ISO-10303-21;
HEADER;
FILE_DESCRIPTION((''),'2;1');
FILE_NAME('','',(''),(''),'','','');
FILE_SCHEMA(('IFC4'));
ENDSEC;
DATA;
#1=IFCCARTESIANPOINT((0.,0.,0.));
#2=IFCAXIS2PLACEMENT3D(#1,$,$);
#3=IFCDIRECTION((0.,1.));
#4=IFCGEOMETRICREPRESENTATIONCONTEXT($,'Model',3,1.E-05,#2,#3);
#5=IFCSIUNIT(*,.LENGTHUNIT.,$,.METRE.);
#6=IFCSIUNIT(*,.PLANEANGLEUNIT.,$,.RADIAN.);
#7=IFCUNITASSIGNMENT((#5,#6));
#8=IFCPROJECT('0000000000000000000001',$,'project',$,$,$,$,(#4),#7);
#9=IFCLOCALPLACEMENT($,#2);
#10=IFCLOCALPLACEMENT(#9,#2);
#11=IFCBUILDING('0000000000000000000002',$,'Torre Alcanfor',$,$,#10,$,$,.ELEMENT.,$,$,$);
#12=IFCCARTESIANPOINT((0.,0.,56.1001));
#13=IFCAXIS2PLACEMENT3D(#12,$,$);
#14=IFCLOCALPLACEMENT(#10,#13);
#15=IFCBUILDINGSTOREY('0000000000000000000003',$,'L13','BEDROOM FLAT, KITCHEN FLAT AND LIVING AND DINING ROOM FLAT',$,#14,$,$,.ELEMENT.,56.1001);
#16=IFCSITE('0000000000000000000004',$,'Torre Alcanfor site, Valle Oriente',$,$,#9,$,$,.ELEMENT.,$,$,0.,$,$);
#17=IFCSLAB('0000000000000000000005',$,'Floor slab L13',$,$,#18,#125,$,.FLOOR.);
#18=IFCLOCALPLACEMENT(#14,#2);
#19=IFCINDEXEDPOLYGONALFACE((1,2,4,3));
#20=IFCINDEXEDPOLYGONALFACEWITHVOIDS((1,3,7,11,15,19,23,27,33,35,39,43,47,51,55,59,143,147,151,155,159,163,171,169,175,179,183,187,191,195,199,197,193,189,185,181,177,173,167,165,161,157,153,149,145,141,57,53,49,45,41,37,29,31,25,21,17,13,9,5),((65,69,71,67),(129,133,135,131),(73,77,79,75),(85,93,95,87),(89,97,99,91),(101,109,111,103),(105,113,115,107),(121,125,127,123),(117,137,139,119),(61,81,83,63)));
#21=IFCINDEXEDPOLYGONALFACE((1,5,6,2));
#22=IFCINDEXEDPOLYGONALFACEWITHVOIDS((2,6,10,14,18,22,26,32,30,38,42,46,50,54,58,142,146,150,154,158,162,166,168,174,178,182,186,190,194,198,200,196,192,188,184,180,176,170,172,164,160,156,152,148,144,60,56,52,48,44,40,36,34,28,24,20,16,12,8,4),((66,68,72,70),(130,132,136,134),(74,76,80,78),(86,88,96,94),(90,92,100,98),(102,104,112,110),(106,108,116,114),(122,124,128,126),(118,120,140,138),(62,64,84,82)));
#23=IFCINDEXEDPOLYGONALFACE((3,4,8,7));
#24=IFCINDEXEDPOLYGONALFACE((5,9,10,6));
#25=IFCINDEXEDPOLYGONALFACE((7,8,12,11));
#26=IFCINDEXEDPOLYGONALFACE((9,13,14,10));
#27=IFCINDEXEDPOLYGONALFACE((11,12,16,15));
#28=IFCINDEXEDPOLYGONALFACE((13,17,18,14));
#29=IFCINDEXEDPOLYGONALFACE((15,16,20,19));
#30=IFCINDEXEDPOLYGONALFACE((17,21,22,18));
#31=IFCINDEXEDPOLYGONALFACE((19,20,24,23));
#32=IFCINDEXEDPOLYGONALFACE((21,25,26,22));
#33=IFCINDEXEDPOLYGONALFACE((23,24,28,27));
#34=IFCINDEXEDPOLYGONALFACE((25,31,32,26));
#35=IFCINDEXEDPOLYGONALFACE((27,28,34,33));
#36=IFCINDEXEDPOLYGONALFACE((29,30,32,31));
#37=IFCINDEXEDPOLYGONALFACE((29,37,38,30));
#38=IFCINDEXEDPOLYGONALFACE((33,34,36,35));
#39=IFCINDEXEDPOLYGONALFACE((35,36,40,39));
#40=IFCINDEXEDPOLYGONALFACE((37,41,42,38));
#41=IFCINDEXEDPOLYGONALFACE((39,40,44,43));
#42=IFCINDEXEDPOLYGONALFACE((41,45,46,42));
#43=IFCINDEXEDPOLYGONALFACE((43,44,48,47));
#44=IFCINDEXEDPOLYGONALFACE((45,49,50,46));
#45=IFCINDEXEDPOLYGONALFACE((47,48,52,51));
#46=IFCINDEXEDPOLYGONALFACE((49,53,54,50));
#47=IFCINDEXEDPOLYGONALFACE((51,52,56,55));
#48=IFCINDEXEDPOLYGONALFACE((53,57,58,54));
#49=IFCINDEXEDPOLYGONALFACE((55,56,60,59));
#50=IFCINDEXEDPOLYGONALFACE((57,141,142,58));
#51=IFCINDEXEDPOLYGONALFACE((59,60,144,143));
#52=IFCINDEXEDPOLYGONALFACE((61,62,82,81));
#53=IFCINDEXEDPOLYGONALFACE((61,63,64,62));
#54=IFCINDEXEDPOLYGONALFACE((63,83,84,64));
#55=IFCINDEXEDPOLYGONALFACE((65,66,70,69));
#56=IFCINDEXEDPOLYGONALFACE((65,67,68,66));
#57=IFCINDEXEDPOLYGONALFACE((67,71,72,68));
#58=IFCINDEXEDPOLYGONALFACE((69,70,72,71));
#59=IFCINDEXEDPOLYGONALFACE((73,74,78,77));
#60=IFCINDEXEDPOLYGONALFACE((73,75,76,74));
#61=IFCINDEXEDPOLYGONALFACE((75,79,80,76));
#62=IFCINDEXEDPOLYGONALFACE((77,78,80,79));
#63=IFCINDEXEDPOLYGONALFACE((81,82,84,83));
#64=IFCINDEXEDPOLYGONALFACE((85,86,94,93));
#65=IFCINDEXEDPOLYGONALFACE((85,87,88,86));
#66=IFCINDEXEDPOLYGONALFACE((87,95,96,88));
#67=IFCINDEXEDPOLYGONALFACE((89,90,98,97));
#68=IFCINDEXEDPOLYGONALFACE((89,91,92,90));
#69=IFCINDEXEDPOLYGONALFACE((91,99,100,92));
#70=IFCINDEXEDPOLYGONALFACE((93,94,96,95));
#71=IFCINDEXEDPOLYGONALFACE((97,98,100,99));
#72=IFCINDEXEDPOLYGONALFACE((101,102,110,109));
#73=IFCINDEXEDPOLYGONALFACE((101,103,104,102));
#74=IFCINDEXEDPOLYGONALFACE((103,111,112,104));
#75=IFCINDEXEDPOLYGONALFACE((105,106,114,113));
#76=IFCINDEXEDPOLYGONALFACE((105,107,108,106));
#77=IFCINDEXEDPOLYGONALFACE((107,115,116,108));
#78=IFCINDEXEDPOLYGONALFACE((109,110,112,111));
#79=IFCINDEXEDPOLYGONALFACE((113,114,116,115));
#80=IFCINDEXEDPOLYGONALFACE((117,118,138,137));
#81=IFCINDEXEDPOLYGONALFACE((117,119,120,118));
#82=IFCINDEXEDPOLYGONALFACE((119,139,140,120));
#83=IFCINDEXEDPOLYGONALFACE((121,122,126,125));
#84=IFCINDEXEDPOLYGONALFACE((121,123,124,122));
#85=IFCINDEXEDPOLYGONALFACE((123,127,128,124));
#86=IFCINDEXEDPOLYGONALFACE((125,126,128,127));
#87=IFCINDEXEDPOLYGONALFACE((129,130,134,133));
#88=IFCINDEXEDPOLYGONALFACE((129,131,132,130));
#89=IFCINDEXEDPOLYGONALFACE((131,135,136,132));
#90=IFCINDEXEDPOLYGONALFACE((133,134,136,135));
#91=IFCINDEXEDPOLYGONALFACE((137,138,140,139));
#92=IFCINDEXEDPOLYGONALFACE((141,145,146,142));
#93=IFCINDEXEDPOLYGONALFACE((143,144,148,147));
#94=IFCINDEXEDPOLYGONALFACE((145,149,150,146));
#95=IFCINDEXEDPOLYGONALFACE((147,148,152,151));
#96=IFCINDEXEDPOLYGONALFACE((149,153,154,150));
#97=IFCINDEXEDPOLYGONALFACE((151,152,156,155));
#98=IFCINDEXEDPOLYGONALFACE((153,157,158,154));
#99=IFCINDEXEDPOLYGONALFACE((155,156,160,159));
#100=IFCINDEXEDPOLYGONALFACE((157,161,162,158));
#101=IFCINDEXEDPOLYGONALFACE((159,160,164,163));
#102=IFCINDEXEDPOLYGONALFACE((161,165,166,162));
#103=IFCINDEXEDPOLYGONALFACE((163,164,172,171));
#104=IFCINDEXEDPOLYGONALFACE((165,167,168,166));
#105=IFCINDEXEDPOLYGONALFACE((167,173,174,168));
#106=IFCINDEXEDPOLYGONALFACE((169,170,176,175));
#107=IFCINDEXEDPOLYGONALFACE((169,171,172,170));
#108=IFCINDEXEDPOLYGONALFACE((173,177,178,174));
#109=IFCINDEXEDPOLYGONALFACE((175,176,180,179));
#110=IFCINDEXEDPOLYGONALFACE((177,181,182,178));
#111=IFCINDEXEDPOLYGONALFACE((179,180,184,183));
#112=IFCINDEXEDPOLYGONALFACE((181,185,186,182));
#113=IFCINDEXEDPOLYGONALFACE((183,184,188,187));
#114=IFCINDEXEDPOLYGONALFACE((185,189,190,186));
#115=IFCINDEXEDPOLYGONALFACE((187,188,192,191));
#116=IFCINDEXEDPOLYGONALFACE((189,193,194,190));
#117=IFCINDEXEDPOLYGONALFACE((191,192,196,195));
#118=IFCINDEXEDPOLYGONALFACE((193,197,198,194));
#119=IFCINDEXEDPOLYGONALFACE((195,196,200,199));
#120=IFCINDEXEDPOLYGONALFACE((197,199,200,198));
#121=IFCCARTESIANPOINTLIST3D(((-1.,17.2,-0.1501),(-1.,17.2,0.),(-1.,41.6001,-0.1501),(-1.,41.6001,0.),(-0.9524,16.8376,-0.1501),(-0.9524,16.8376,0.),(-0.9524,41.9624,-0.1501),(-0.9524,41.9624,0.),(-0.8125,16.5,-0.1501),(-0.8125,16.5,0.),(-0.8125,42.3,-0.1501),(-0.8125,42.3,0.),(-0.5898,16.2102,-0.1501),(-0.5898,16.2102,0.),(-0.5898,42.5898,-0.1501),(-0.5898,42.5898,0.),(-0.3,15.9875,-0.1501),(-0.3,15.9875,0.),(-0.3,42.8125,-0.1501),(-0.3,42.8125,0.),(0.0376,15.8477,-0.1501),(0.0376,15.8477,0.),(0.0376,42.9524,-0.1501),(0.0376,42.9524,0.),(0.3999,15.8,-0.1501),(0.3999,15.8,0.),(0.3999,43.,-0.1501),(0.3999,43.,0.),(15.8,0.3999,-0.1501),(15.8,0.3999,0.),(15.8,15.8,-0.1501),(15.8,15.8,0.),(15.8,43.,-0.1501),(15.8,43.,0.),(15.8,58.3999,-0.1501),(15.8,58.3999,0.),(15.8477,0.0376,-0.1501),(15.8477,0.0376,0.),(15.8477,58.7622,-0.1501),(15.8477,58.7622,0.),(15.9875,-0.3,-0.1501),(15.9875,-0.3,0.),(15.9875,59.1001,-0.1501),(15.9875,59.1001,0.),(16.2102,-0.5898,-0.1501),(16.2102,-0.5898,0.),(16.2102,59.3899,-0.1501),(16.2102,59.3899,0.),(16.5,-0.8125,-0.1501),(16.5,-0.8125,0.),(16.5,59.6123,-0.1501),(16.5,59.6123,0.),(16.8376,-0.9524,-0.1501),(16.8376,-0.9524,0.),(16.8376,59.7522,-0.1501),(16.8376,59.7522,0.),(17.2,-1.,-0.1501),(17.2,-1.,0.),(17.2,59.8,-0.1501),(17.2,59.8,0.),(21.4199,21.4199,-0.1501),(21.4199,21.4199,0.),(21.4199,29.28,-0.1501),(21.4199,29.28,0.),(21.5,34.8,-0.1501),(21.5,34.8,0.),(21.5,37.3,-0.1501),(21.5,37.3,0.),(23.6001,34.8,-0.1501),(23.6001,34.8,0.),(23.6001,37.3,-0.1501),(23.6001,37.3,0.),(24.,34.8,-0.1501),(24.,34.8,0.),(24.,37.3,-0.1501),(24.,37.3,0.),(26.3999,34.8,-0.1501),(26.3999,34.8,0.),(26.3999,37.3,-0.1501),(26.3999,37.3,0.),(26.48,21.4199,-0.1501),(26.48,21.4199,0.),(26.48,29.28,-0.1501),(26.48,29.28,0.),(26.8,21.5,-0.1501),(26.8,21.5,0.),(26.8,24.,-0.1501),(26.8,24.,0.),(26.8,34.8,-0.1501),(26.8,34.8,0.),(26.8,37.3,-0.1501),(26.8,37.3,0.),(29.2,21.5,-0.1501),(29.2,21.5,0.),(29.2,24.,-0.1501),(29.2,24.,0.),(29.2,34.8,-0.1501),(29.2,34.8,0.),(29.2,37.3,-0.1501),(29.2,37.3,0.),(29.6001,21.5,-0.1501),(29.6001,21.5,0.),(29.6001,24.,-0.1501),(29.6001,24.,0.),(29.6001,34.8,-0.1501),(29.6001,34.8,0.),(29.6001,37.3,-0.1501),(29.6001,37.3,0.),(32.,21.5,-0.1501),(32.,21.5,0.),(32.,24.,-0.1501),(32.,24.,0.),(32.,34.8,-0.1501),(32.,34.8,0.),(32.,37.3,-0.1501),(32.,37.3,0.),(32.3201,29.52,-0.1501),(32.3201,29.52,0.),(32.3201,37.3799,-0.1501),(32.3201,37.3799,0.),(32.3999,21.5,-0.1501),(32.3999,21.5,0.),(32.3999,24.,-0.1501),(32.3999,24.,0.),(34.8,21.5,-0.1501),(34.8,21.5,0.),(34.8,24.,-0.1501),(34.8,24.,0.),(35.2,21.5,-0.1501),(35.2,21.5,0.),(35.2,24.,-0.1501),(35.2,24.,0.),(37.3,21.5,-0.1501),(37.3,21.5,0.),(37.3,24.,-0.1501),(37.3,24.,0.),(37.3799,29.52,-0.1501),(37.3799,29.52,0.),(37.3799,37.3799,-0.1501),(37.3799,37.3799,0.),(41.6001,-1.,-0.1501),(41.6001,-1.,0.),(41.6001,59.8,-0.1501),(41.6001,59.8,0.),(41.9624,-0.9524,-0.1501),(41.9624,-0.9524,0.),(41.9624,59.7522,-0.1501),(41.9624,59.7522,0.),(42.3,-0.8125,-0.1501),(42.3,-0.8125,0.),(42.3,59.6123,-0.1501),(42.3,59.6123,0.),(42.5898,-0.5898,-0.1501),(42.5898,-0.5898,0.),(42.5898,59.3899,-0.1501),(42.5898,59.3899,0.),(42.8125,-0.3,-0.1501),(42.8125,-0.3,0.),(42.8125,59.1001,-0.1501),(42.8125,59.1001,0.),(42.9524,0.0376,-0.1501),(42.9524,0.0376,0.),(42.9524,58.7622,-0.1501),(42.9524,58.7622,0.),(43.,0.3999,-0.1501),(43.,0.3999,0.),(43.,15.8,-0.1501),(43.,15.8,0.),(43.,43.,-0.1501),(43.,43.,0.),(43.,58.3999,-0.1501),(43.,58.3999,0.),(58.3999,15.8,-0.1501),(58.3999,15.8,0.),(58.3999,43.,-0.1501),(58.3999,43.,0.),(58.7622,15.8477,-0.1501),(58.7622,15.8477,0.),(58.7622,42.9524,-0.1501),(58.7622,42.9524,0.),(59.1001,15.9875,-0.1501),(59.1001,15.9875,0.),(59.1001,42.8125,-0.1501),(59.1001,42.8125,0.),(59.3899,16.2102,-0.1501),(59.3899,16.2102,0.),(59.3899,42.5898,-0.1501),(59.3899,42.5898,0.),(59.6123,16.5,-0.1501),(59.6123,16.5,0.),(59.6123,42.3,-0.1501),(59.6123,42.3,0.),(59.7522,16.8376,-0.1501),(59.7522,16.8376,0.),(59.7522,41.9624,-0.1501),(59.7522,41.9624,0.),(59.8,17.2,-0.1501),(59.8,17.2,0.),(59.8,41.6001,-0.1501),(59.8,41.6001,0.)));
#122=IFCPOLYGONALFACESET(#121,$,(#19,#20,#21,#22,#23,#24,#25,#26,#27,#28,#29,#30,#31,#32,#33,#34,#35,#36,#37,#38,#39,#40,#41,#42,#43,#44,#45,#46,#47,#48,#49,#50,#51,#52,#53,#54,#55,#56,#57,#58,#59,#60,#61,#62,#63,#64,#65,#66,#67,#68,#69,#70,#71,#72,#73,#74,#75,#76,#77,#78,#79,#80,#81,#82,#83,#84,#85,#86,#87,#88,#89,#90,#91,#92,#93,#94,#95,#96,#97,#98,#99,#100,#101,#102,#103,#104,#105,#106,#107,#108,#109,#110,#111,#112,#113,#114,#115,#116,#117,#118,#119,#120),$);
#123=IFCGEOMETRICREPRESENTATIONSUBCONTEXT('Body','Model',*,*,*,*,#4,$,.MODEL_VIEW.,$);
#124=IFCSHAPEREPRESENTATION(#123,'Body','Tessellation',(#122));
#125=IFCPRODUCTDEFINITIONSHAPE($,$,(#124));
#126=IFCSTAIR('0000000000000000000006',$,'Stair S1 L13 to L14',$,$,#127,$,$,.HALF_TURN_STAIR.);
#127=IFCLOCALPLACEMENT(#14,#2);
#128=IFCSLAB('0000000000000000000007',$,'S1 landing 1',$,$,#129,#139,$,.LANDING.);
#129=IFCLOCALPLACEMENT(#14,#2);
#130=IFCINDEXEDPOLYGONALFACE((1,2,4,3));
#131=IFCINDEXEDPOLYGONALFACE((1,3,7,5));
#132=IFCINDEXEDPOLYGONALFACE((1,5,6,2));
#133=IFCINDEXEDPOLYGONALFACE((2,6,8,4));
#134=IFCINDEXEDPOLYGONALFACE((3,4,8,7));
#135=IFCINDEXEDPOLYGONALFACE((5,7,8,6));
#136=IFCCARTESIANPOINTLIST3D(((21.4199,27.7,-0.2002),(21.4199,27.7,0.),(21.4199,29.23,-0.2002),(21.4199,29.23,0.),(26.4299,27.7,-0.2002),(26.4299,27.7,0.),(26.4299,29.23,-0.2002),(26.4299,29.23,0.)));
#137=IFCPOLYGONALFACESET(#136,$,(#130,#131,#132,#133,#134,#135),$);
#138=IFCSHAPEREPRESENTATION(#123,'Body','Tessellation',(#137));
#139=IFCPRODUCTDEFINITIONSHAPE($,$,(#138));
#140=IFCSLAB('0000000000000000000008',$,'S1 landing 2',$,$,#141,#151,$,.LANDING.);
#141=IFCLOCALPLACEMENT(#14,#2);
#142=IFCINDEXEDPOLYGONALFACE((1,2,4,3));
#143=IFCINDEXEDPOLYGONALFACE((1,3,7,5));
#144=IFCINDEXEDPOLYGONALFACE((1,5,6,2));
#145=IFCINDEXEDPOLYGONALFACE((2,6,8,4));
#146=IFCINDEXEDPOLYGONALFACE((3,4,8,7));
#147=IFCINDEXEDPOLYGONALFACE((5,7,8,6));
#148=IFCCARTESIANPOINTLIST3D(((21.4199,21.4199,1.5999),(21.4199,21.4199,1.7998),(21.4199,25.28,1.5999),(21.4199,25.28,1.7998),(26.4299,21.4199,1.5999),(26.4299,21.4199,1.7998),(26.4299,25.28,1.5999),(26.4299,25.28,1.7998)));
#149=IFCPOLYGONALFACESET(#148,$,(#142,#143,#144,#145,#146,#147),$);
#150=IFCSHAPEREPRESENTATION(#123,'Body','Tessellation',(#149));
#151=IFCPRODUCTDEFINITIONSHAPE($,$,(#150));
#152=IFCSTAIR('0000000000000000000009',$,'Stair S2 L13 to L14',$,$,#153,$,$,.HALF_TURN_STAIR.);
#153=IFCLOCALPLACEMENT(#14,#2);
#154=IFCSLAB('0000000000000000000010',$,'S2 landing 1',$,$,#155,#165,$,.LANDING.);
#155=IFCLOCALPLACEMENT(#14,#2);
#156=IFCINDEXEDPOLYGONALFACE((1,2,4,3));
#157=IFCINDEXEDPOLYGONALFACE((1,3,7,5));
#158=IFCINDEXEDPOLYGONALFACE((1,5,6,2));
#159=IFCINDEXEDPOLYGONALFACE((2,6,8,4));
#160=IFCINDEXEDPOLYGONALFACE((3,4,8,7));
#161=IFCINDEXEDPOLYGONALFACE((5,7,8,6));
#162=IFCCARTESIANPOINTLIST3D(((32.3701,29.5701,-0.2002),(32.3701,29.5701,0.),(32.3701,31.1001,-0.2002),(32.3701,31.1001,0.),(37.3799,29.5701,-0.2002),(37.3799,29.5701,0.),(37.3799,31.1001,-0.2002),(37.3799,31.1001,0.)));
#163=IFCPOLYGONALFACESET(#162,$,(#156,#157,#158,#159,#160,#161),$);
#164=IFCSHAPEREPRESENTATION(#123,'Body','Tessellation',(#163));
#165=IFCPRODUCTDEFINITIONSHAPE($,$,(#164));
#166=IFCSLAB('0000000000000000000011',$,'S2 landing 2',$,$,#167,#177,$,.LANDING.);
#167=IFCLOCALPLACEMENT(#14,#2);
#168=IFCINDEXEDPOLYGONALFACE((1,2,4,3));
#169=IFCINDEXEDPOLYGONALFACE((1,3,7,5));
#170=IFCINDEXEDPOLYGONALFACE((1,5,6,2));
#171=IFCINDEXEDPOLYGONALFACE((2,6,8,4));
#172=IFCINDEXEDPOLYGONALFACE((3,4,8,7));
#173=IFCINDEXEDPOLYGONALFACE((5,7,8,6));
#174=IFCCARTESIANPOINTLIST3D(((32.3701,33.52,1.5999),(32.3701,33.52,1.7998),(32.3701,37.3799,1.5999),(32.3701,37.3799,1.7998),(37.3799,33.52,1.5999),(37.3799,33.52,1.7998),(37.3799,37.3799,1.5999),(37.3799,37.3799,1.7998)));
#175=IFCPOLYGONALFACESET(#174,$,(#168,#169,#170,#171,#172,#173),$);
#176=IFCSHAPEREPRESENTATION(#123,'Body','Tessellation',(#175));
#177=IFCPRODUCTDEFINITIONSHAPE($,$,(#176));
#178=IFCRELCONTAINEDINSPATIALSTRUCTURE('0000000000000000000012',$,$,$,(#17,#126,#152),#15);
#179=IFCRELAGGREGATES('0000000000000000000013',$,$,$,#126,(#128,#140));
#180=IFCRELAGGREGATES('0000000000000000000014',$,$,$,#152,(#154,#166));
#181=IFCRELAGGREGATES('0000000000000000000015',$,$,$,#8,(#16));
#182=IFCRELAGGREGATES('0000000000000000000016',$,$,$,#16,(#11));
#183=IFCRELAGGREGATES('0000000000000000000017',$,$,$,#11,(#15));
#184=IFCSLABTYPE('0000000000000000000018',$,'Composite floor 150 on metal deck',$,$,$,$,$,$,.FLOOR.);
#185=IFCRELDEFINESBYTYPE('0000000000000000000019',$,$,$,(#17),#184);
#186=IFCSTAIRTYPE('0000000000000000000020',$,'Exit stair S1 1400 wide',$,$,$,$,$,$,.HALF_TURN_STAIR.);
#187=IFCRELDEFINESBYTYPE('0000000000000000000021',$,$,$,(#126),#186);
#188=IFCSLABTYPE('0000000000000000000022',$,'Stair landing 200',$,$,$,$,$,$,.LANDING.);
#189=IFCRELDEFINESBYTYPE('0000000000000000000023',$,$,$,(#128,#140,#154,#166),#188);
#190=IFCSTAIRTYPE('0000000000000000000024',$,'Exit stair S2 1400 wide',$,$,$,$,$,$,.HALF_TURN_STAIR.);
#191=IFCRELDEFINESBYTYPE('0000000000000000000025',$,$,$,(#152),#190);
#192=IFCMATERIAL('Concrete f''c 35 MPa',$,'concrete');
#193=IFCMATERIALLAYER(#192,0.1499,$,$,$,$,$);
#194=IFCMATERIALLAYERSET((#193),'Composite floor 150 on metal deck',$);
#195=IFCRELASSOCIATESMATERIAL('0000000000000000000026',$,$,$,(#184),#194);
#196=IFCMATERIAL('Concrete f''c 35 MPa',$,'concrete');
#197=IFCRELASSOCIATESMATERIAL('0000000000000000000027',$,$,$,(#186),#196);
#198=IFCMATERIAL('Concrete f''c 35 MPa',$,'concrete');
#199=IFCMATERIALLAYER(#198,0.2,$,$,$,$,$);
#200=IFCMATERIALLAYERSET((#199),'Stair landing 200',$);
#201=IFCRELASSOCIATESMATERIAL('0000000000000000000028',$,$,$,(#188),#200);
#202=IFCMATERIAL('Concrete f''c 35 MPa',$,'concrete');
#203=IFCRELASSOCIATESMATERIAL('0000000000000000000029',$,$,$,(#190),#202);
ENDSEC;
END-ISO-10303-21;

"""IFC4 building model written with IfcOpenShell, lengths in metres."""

from ifc_helpers import new_model, si_unit, direction, frame, origin, place, context, subcontext, project, spatial, polyline, outline, extrude, material, layer, layer_set, type_object, element, aggregate, save


model = new_model("IFC4")

# Units and contexts
model_context = context("Model", 3, precision=1e-05, world=origin(), true_north=direction((0.0, 1.0)))
body_context = subcontext(model_context, "Body", "Model", "MODEL_VIEW")
ifc_project = project(units=[si_unit("LENGTHUNIT", "METRE"), si_unit("PLANEANGLEUNIT", "RADIAN")], contexts=[model_context])

# Site, building, storey
site_placement = place(None, origin())
site = spatial("IfcSite", under=ifc_project, at=site_placement, Name="Torre Alcanfor site, Valle Oriente", CompositionType="ELEMENT", RefElevation=0.0)
building_placement = place(site_placement, origin())
building = spatial("IfcBuilding", under=site, at=building_placement, Name="Torre Alcanfor", CompositionType="ELEMENT")
storey_placement = place(building_placement, frame((0.0, 0.0, 56.1001)))
storey = spatial("IfcBuildingStorey", under=building, at=storey_placement, Name="L13", Description="BEDROOM FLAT, KITCHEN FLAT AND LIVING AND DINING ROOM FLAT", CompositionType="ELEMENT", Elevation=56.1001)

# Slab
ifc_material_1 = material(Name="Concrete f'c 35 MPa", Category="concrete")
ifc_layer_1 = layer(ifc_material_1, 0.1499)
ifc_layer_set_1 = layer_set([ifc_layer_1], Name="Composite floor 150 on metal deck")
slab_type_1 = type_object("IfcSlabType", Name="Composite floor 150 on metal deck", PredefinedType="FLOOR", material=ifc_layer_set_1)
slab_1_placement = place(storey_placement, frame((0.0, 0.0, -0.1501)))
element("IfcSlab", 1, at=slab_1_placement, inside=storey, type_object=slab_type_1, Name="Floor slab L13", PredefinedType="FLOOR", context=body_context, shape_type="SweptSolid", body=[
    extrude(outline(polyline([(15.8, 43.0), (0.3999, 43.0), (0.0376, 42.9524), (-0.3, 42.8125), (-0.5898, 42.5898), (-0.8125, 42.3), (-0.9524, 41.9624), (-1.0, 41.6001), (-1.0, 17.2), (-0.9524, 16.8376), (-0.8125, 16.5), (-0.5898, 16.2102), (-0.3, 15.9875), (0.0376, 15.8477), (0.3999, 15.8), (15.8, 15.8), (15.8, 0.3999), (15.8477, 0.0376), (15.9875, -0.3), (16.2102, -0.5898), (16.5, -0.8125), (16.8376, -0.9524), (17.2, -1.0), (41.6001, -1.0), (41.9624, -0.9524), (42.3, -0.8125), (42.5898, -0.5898), (42.8125, -0.3), (42.9524, 0.0376), (43.0, 0.3999), (43.0, 15.8), (58.3999, 15.8), (58.7622, 15.8477), (59.1001, 15.9875), (59.3899, 16.2102), (59.6123, 16.5), (59.7522, 16.8376), (59.8, 17.2), (59.8, 41.6001), (59.7522, 41.9624), (59.6123, 42.3), (59.3899, 42.5898), (59.1001, 42.8125), (58.7622, 42.9524), (58.3999, 43.0), (43.0, 43.0), (43.0, 58.3999), (42.9524, 58.7622), (42.8125, 59.1001), (42.5898, 59.3899), (42.3, 59.6123), (41.9624, 59.7522), (41.6001, 59.8), (17.2, 59.8), (16.8376, 59.7522), (16.5, 59.6123), (16.2102, 59.3899), (15.9875, 59.1001), (15.8477, 58.7622), (15.8, 58.3999), (15.8, 43.0)]), holes=[polyline([(21.4199, 21.4199), (26.48, 21.4199), (26.48, 29.28), (21.4199, 29.28), (21.4199, 21.4199)]), polyline([(32.3201, 29.52), (37.3799, 29.52), (37.3799, 37.3799), (32.3201, 37.3799), (32.3201, 29.52)]), polyline([(26.8, 21.5), (29.2, 21.5), (29.2, 24.0), (26.8, 24.0), (26.8, 21.5)]), polyline([(29.6001, 21.5), (32.0, 21.5), (32.0, 24.0), (29.6001, 24.0), (29.6001, 21.5)]), polyline([(32.3999, 21.5), (34.8, 21.5), (34.8, 24.0), (32.3999, 24.0), (32.3999, 21.5)]), polyline([(35.2, 21.5), (37.3, 21.5), (37.3, 24.0), (35.2, 24.0), (35.2, 21.5)]), polyline([(21.5, 34.8), (23.6001, 34.8), (23.6001, 37.3), (21.5, 37.3), (21.5, 34.8)]), polyline([(24.0, 34.8), (26.3999, 34.8), (26.3999, 37.3), (24.0, 37.3), (24.0, 34.8)]), polyline([(26.8, 34.8), (29.2, 34.8), (29.2, 37.3), (26.8, 37.3), (26.8, 34.8)]), polyline([(29.6001, 34.8), (32.0, 34.8), (32.0, 37.3), (29.6001, 37.3), (29.6001, 34.8)])]), origin(), (0.0, 0.0, 1.0), 0.1501),
])

# Stairs, slabs
ifc_material_2 = material(Name="Concrete f'c 35 MPa", Category="concrete")
stair_type_1 = type_object("IfcStairType", Name="Exit stair S1 1400 wide", PredefinedType="HALF_TURN_STAIR", material=ifc_material_2)
stair_1_placement = place(storey_placement, origin())
stair_1 = element("IfcStair", 2, at=stair_1_placement, inside=storey, type_object=stair_type_1, Name="Stair S1 L13 to L14", PredefinedType="HALF_TURN_STAIR")
ifc_material_3 = material(Name="Concrete f'c 35 MPa", Category="concrete")
ifc_layer_2 = layer(ifc_material_3, 0.2)
ifc_layer_set_2 = layer_set([ifc_layer_2], Name="Stair landing 200")
slab_type_2 = type_object("IfcSlabType", Name="Stair landing 200", PredefinedType="LANDING", material=ifc_layer_set_2)
slab_2_placement = place(storey_placement, frame((0.0, 0.0, -0.2002)))
slab_2 = element("IfcSlab", 3, at=slab_2_placement, type_object=slab_type_2, Name="S1 landing 1", PredefinedType="LANDING", context=body_context, shape_type="SweptSolid", body=[
    extrude(outline(polyline([(21.4199, 27.7), (26.4299, 27.7), (26.4299, 29.23), (21.4199, 29.23), (21.4199, 27.7)])), origin(), (0.0, 0.0, 1.0), 0.2002),
])
slab_3_placement = place(storey_placement, frame((0.0, 0.0, 1.5999)))
slab_3 = element("IfcSlab", 4, at=slab_3_placement, type_object=slab_type_2, Name="S1 landing 2", PredefinedType="LANDING", context=body_context, shape_type="SweptSolid", body=[
    extrude(outline(polyline([(21.4199, 21.4199), (26.4299, 21.4199), (26.4299, 25.28), (21.4199, 25.28), (21.4199, 21.4199)])), origin(), (0.0, 0.0, 1.0), 0.2),
])
aggregate(stair_1, [slab_2, slab_3])
ifc_material_4 = material(Name="Concrete f'c 35 MPa", Category="concrete")
stair_type_2 = type_object("IfcStairType", Name="Exit stair S2 1400 wide", PredefinedType="HALF_TURN_STAIR", material=ifc_material_4)
stair_2_placement = place(storey_placement, origin())
stair_2 = element("IfcStair", 5, at=stair_2_placement, inside=storey, type_object=stair_type_2, Name="Stair S2 L13 to L14", PredefinedType="HALF_TURN_STAIR")
slab_4_placement = place(storey_placement, frame((0.0, 0.0, -0.2002)))
slab_4 = element("IfcSlab", 6, at=slab_4_placement, type_object=slab_type_2, Name="S2 landing 1", PredefinedType="LANDING", context=body_context, shape_type="SweptSolid", body=[
    extrude(outline(polyline([(32.3701, 29.5701), (37.3799, 29.5701), (37.3799, 31.1001), (32.3701, 31.1001), (32.3701, 29.5701)])), origin(), (0.0, 0.0, 1.0), 0.2002),
])
slab_5_placement = place(storey_placement, frame((0.0, 0.0, 1.5999)))
slab_5 = element("IfcSlab", 7, at=slab_5_placement, type_object=slab_type_2, Name="S2 landing 2", PredefinedType="LANDING", context=body_context, shape_type="SweptSolid", body=[
    extrude(outline(polyline([(32.3701, 33.52), (37.3799, 33.52), (37.3799, 37.3799), (32.3701, 37.3799), (32.3701, 33.52)])), origin(), (0.0, 0.0, 1.0), 0.2),
])
aggregate(stair_2, [slab_4, slab_5])

save(model, "model.ifc")
